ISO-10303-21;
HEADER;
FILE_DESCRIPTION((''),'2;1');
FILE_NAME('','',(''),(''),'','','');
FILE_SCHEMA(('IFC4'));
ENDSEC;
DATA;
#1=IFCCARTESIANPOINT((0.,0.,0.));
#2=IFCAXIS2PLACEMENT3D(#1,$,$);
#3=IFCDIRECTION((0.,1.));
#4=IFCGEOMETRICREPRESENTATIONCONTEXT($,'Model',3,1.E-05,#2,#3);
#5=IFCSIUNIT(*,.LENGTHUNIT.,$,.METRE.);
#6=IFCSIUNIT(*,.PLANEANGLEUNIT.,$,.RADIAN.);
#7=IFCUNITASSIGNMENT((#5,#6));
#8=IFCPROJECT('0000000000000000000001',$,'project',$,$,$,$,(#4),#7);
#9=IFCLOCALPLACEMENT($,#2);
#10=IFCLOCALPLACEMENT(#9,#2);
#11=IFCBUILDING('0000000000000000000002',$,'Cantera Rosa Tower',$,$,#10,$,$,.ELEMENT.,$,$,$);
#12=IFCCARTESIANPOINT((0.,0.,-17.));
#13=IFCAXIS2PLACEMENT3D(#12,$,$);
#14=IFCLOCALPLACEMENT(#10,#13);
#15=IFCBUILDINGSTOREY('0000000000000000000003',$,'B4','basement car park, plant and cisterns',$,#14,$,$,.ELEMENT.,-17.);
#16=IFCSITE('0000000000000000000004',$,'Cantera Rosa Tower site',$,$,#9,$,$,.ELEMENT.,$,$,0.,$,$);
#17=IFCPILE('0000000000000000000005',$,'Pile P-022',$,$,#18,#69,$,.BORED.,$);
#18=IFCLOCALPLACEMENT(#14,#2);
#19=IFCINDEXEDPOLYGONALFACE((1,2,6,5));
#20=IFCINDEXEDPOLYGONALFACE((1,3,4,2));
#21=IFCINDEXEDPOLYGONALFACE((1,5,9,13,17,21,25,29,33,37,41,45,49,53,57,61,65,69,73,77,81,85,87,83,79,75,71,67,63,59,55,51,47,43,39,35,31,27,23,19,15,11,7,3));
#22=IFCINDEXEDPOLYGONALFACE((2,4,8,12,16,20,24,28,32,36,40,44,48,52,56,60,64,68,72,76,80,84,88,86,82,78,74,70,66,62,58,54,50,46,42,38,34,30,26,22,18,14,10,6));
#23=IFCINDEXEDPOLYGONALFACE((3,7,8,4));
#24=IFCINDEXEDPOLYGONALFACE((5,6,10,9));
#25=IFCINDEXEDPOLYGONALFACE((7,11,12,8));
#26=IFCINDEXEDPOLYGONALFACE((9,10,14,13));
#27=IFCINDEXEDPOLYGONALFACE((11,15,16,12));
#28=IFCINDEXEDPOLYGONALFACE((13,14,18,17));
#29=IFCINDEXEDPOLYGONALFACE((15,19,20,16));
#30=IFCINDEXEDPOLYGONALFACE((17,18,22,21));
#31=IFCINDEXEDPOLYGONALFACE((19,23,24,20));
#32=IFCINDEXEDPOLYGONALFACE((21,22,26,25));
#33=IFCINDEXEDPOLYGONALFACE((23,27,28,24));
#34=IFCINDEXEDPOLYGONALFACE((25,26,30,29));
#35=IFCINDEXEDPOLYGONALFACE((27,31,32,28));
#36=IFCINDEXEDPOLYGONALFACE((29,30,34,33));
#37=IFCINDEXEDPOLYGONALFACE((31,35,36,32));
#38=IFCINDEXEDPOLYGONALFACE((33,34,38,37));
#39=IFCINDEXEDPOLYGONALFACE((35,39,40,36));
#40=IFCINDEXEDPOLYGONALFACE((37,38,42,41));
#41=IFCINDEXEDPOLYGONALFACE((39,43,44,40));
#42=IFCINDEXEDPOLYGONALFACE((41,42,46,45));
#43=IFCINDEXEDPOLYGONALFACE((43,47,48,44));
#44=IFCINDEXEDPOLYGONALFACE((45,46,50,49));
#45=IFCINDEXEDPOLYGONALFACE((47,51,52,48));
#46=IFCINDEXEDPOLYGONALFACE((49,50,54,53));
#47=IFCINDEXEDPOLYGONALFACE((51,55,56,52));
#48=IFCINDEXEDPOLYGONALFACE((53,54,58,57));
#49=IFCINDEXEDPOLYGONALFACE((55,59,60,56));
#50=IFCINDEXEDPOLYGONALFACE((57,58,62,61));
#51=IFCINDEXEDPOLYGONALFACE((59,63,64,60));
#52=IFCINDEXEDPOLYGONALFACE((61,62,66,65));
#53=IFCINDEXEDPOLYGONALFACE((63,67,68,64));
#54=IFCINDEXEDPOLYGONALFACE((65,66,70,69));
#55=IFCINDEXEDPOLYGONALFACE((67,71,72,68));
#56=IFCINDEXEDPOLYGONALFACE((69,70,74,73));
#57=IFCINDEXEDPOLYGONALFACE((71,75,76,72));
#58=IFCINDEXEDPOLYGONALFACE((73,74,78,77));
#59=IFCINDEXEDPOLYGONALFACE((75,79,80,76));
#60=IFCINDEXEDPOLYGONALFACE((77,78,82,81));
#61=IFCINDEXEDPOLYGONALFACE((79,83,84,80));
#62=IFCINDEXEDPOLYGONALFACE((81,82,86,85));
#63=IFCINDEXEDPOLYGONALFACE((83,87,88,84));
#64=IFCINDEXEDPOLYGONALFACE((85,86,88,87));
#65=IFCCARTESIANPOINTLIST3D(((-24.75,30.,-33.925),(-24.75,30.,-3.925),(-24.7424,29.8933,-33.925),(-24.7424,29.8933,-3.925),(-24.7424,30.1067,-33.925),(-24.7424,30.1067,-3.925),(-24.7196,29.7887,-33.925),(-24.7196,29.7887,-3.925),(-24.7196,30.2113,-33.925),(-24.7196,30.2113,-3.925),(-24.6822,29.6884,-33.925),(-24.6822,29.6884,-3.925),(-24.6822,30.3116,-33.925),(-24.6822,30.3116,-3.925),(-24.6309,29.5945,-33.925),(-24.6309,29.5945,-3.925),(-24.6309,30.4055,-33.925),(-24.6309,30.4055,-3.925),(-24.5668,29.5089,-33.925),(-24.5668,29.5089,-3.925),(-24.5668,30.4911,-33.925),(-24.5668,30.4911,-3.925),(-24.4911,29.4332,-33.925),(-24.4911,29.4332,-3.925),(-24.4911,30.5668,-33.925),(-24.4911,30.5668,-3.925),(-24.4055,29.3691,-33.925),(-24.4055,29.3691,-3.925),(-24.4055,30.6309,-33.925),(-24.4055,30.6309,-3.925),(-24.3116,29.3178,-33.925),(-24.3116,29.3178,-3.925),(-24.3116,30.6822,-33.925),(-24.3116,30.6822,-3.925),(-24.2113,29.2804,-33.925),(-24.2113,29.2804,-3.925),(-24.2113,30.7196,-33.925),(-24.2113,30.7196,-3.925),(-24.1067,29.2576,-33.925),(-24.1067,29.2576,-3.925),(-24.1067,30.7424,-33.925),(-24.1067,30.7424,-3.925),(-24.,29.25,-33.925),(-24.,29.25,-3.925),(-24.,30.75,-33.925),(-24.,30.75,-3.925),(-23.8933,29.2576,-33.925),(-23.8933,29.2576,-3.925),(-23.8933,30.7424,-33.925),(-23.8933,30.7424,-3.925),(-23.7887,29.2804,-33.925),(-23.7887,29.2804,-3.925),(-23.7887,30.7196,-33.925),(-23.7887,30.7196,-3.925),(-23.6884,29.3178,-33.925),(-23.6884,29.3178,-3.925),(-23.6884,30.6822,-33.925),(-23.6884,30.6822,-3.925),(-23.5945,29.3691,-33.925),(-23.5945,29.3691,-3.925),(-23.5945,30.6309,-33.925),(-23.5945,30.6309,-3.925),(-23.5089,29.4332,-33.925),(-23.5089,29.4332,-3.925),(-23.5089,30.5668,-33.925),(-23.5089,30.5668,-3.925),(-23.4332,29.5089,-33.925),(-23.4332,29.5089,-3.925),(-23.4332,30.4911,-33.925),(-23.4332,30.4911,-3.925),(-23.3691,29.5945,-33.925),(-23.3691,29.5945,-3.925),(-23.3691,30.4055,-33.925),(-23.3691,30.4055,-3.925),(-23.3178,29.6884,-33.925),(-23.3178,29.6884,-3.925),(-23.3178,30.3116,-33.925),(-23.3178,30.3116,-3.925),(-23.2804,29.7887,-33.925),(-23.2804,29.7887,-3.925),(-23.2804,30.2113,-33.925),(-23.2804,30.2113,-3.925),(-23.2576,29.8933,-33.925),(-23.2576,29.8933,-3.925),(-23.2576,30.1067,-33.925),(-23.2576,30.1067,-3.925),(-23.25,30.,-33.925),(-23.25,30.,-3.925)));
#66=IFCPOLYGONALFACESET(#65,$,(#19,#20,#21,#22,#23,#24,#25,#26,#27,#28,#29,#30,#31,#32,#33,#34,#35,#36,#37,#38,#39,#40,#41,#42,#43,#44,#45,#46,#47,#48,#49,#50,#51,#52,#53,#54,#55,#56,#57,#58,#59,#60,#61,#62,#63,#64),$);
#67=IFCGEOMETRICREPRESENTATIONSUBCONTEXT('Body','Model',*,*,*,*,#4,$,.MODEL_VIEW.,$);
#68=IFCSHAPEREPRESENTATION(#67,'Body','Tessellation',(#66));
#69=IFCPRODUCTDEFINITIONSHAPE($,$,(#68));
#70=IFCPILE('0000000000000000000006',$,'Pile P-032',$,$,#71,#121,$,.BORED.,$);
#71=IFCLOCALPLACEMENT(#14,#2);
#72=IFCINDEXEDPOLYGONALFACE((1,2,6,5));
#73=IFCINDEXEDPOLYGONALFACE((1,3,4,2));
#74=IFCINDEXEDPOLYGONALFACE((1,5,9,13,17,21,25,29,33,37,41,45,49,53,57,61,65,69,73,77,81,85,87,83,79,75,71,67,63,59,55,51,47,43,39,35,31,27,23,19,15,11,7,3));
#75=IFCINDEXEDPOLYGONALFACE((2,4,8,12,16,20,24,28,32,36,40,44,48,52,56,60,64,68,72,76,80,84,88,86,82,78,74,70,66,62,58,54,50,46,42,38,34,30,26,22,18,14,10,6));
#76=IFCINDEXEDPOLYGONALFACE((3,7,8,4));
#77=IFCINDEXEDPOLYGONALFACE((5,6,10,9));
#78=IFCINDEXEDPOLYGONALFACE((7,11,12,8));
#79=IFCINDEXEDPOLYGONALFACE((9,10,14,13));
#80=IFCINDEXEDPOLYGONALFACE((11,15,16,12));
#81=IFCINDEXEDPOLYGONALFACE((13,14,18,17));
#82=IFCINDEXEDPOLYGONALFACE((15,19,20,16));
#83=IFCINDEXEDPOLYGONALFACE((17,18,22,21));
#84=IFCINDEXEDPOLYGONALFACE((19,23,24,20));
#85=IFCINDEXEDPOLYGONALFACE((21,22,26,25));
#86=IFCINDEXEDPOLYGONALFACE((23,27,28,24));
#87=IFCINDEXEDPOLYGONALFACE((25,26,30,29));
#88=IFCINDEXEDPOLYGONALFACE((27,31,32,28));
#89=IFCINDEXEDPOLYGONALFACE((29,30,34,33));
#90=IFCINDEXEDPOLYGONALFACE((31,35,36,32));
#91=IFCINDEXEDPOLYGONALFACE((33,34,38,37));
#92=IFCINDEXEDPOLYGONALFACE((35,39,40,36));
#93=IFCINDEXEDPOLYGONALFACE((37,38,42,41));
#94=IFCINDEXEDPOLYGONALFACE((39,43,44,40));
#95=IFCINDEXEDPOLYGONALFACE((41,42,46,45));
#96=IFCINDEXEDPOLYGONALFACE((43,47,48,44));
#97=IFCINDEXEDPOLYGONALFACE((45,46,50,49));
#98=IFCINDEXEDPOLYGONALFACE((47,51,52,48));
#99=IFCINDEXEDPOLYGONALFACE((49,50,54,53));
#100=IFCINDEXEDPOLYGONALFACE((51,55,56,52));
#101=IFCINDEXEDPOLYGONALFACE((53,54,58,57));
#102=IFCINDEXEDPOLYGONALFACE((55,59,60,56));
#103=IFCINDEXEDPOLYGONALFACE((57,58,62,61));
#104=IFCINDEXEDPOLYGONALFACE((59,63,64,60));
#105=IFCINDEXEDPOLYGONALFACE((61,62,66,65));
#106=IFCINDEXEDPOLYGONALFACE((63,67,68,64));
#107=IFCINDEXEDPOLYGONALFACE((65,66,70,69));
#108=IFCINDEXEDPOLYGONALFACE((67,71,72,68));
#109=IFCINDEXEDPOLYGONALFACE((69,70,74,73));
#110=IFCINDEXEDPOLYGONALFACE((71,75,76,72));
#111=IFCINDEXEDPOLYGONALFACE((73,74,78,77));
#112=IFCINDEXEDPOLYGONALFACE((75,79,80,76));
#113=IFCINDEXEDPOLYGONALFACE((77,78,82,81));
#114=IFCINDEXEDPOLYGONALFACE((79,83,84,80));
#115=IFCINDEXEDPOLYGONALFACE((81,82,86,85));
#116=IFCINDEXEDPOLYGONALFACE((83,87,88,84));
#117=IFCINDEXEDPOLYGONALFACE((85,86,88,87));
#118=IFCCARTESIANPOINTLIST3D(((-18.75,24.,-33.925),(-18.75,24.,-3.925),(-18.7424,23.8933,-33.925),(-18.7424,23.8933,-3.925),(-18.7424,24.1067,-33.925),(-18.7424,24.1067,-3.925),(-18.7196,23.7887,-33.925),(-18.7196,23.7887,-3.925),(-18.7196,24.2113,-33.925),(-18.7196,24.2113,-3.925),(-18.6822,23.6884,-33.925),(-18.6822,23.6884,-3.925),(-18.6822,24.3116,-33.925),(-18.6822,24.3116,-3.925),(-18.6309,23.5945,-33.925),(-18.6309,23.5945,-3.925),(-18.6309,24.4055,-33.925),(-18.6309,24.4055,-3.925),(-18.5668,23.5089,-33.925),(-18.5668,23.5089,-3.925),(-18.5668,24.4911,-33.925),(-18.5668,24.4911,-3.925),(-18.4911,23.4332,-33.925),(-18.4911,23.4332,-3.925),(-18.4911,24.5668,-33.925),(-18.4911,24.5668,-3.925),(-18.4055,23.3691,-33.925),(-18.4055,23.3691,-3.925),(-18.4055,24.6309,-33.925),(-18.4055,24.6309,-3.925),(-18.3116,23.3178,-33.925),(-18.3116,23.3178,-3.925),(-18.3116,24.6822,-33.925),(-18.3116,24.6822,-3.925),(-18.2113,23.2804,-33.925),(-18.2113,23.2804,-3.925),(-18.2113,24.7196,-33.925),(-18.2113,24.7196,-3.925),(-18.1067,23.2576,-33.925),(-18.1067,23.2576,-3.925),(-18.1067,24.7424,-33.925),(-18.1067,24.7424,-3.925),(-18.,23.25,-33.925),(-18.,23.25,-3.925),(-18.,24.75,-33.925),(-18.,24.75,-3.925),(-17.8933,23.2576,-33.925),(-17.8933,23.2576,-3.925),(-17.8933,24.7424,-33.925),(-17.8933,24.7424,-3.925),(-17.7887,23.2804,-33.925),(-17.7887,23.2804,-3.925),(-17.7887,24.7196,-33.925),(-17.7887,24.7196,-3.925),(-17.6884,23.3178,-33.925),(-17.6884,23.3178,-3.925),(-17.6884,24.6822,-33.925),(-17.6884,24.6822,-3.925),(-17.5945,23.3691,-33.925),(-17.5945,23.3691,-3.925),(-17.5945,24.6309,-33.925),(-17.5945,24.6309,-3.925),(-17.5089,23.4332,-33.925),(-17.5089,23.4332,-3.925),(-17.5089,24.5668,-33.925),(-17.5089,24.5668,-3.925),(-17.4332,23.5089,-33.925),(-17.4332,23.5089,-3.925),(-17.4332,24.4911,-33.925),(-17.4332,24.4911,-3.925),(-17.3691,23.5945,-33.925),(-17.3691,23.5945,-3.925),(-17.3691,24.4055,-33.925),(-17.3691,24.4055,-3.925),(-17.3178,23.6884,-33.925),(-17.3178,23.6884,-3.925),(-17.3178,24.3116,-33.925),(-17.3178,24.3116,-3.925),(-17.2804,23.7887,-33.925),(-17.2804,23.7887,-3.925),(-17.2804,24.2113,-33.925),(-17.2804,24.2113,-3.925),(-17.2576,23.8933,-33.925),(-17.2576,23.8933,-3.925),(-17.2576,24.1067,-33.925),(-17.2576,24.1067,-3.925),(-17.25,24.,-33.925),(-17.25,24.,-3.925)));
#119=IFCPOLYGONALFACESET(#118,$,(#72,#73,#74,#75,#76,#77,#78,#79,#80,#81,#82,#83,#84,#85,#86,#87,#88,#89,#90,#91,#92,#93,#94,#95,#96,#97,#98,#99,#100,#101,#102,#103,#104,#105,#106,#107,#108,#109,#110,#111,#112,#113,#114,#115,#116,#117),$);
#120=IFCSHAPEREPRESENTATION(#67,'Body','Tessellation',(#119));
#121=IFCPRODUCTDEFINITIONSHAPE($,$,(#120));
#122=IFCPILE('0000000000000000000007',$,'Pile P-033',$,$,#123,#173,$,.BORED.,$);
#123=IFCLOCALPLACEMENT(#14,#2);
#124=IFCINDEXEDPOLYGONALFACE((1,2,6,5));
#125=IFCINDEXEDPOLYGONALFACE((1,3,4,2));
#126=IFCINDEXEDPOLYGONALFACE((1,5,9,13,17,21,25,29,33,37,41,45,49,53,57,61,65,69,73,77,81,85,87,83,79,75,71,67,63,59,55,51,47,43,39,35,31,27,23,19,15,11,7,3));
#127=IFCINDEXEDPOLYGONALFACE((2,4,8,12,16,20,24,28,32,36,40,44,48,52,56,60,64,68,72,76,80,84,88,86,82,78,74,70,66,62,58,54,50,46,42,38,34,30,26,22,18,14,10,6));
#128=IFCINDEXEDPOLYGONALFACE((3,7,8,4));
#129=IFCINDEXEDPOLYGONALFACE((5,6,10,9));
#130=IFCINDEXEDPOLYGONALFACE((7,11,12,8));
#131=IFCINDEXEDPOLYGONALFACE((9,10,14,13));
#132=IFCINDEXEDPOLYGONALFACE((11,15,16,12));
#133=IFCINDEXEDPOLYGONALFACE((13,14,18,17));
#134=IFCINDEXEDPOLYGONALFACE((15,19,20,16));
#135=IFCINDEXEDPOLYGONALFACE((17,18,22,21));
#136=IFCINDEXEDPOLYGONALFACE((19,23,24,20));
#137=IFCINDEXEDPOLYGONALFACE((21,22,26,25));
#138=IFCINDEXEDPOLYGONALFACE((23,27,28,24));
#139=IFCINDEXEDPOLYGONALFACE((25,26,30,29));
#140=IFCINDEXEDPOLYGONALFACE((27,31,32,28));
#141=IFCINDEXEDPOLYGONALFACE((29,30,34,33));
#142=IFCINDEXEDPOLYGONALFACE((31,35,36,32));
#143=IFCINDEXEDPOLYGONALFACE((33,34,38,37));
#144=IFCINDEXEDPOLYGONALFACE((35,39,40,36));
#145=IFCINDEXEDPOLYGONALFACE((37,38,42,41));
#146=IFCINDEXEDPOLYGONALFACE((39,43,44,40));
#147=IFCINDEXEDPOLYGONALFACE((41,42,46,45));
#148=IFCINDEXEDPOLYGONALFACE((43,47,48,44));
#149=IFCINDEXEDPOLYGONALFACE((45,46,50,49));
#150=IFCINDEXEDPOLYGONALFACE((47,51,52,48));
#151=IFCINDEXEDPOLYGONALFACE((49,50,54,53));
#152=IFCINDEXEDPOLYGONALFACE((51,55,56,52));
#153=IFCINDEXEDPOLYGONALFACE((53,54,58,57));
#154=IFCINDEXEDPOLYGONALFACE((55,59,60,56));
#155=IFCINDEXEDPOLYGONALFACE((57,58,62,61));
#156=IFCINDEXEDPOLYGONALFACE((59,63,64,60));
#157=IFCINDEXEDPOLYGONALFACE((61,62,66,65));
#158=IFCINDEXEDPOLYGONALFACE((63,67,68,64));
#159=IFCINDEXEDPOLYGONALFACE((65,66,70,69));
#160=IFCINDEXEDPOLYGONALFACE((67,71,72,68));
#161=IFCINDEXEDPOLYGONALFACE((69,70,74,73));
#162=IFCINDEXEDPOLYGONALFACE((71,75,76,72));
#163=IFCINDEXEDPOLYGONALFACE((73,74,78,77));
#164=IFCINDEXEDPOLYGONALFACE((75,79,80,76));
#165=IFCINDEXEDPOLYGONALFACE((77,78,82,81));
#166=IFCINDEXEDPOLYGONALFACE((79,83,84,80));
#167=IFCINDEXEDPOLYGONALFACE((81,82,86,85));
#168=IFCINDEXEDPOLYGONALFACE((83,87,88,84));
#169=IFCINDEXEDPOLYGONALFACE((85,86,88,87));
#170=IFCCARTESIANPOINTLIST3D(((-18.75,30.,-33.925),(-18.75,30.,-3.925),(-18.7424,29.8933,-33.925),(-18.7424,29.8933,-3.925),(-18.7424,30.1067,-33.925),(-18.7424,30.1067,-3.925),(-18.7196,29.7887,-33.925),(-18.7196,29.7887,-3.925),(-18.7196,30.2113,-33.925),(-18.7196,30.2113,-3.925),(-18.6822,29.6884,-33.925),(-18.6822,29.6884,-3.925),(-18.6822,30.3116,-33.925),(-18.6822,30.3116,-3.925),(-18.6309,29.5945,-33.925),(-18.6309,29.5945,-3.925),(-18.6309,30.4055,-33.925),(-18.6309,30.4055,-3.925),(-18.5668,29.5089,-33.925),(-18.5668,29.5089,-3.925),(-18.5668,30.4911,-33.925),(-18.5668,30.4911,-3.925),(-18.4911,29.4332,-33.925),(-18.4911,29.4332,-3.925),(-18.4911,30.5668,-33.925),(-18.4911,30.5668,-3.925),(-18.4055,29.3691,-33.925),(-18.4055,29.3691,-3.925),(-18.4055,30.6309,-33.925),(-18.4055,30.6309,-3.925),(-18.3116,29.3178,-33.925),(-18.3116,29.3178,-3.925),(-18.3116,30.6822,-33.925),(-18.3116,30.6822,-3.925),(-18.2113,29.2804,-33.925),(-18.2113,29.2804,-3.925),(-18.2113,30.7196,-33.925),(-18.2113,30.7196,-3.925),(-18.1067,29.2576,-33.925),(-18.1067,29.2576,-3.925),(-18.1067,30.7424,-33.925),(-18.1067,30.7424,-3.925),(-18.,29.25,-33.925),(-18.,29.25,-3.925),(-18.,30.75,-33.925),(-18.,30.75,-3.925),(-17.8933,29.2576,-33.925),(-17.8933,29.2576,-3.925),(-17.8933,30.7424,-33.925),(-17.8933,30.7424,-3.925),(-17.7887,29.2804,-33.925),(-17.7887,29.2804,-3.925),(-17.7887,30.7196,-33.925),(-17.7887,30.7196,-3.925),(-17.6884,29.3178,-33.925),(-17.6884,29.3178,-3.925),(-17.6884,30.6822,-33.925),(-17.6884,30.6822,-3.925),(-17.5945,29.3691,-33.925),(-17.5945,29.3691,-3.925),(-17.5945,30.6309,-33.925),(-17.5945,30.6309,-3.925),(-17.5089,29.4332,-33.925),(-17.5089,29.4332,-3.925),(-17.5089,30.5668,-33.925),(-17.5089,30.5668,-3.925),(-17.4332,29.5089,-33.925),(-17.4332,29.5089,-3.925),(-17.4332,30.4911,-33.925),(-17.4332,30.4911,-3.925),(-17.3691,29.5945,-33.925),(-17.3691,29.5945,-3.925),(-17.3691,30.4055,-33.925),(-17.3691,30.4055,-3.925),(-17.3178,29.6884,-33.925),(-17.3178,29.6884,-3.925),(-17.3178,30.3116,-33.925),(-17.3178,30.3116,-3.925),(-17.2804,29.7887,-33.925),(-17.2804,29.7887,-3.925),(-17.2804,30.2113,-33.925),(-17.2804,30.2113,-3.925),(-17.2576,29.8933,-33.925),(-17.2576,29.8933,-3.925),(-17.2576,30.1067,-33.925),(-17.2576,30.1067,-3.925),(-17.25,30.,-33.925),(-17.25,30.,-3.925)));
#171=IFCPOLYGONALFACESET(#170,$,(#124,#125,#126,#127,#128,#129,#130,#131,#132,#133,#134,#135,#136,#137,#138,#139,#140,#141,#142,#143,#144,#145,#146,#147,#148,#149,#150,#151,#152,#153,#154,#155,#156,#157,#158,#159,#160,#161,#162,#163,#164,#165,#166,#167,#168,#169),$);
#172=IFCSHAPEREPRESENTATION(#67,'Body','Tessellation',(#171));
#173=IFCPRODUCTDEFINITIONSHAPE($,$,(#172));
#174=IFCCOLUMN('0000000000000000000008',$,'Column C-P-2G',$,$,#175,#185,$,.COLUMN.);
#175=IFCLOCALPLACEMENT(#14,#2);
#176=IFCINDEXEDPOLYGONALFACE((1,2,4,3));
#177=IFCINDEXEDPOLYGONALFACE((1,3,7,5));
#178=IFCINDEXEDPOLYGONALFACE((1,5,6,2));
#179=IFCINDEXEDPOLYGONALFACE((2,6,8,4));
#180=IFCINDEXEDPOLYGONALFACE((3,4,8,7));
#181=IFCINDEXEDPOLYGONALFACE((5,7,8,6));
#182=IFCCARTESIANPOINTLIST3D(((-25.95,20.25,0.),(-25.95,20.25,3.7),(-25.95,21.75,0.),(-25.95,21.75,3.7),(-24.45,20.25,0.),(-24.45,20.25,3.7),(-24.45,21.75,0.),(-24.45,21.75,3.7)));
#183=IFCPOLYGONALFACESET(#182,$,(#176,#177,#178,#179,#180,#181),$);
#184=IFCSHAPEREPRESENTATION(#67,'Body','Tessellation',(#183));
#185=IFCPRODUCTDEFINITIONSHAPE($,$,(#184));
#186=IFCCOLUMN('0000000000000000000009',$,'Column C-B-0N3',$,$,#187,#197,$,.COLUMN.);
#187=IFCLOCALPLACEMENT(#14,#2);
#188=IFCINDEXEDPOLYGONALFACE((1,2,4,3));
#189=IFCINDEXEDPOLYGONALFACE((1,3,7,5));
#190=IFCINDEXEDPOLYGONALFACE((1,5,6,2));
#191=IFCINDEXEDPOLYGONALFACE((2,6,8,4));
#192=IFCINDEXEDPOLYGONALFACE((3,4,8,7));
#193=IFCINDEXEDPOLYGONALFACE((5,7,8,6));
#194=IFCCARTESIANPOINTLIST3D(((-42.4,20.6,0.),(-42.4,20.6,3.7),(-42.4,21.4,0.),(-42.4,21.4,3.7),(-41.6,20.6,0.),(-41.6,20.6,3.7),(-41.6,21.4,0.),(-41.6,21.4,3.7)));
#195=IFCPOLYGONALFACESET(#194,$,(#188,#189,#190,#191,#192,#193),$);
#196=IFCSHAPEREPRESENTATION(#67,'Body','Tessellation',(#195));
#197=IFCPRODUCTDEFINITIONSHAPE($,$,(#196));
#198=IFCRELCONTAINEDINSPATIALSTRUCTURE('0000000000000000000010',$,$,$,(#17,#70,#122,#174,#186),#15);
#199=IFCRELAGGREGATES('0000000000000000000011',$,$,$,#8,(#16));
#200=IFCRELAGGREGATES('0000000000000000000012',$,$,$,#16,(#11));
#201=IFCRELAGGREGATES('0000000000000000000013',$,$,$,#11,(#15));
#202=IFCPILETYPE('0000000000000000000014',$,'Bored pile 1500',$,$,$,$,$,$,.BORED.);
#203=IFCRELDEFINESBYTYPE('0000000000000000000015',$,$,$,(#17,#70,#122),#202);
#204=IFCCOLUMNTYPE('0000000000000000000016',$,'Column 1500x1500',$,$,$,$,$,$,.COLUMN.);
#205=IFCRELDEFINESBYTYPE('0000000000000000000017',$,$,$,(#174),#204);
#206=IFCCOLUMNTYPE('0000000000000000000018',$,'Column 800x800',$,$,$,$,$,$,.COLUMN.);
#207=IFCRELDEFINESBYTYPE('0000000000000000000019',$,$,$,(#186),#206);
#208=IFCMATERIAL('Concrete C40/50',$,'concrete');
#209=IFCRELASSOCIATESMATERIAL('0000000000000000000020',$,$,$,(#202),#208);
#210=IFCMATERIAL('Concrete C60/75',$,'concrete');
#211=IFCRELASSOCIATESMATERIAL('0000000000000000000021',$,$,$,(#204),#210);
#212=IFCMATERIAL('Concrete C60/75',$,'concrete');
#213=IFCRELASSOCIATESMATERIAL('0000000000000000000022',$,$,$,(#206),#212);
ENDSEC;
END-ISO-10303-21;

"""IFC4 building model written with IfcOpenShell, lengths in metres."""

from ifc_helpers import new_model, si_unit, direction, frame, origin, origin_2d, place, context, subcontext, project, spatial, rectangle, circle, extrude, material, material_profile, profile_set, type_object, element, save


model = new_model("IFC4")

# Units and contexts
model_context = context("Model", 3, precision=1e-05, world=origin(), true_north=direction((0.0, 1.0)))
body_context = subcontext(model_context, "Body", "Model", "MODEL_VIEW")
ifc_project = project(units=[si_unit("LENGTHUNIT", "METRE"), si_unit("PLANEANGLEUNIT", "RADIAN")], contexts=[model_context])

# Site, building, storey
site_placement = place(None, origin())
site = spatial("IfcSite", under=ifc_project, at=site_placement, Name="Cantera Rosa Tower site", CompositionType="ELEMENT", RefElevation=0.0)
building_placement = place(site_placement, origin())
building = spatial("IfcBuilding", under=site, at=building_placement, Name="Cantera Rosa Tower", CompositionType="ELEMENT")
storey_placement = place(building_placement, frame((0.0, 0.0, -17.0)))
storey = spatial("IfcBuildingStorey", under=building, at=storey_placement, Name="B4", Description="basement car park, plant and cisterns", CompositionType="ELEMENT", Elevation=-17.0)

# Piles
ifc_material_1 = material(Name="Concrete C40/50", Category="concrete")
ifc_material_profile_1 = material_profile(ifc_material_1, circle(Radius=0.75, at=origin_2d()), Name="Bored pile 1500")
ifc_profile_set_1 = profile_set([ifc_material_profile_1], Name="Concrete C40/50")
pile_type = type_object("IfcPileType", Name="Bored pile 1500", PredefinedType="BORED", material=ifc_profile_set_1)
for number, where, z_axis, x_axis, name in (
    (1, (-24.0, 30.0, -3.925), (0.0, 0.0, -1.0), (1.0, 0.0, 0.0), "Pile P-022"),
    (2, (-18.0, 24.0, -3.925), (0.0, 0.0, -1.0), (1.0, 0.0, 0.0), "Pile P-032"),
    (3, (-18.0, 30.0, -3.925), (0.0, 0.0, -1.0), (1.0, 0.0, 0.0), "Pile P-033"),
):
    element("IfcPile", number, at=place(storey_placement, frame(where, z_axis=z_axis, x_axis=x_axis)), inside=storey, type_object=pile_type, Name=name, PredefinedType="BORED", context=body_context, shape_type="SweptSolid", body=[
        extrude(circle(Radius=0.75, at=origin_2d()), origin(), (0.0, 0.0, 1.0), 30.0),
    ])

# Columns
ifc_material_2 = material(Name="Concrete C60/75", Category="concrete")
ifc_material_profile_2 = material_profile(ifc_material_2, rectangle(XDim=1.5, YDim=1.5, at=origin_2d()), Name="Column 1500x1500")
ifc_profile_set_2 = profile_set([ifc_material_profile_2], Name="Concrete C60/75")
column_type_1 = type_object("IfcColumnType", Name="Column 1500x1500", PredefinedType="COLUMN", material=ifc_profile_set_2)
column_placement = place(storey_placement, frame((-25.2, 21.0, 0.0), z_axis=(0.0, 0.0, 1.0), x_axis=(1.0, 0.0, 0.0)))
element("IfcColumn", 4, at=column_placement, inside=storey, type_object=column_type_1, Name="Column C-P-2G", PredefinedType="COLUMN", context=body_context, shape_type="SweptSolid", body=[
    extrude(rectangle(XDim=1.5, YDim=1.5, at=origin_2d()), origin(), (0.0, 0.0, 1.0), 3.7),
])
ifc_material_3 = material(Name="Concrete C60/75", Category="concrete")
ifc_material_profile_3 = material_profile(ifc_material_3, rectangle(XDim=0.8, YDim=0.8, at=origin_2d()), Name="Column 800x800")
ifc_profile_set_3 = profile_set([ifc_material_profile_3], Name="Concrete C60/75")
column_type_2 = type_object("IfcColumnType", Name="Column 800x800", PredefinedType="COLUMN", material=ifc_profile_set_3)
for number, where, z_axis, x_axis, name in (
    (5, (-42.0, 21.0, 0.0), (0.0, 0.0, 1.0), (1.0, 0.0, 0.0), "Column C-B-0N3"),
):
    element("IfcColumn", number, at=place(storey_placement, frame(where, z_axis=z_axis, x_axis=x_axis)), inside=storey, type_object=column_type_2, Name=name, PredefinedType="COLUMN", context=body_context, shape_type="SweptSolid", body=[
        extrude(rectangle(XDim=0.8, YDim=0.8, at=origin_2d()), origin(), (0.0, 0.0, 1.0), 3.7),
    ])

save(model, "model.ifc")
